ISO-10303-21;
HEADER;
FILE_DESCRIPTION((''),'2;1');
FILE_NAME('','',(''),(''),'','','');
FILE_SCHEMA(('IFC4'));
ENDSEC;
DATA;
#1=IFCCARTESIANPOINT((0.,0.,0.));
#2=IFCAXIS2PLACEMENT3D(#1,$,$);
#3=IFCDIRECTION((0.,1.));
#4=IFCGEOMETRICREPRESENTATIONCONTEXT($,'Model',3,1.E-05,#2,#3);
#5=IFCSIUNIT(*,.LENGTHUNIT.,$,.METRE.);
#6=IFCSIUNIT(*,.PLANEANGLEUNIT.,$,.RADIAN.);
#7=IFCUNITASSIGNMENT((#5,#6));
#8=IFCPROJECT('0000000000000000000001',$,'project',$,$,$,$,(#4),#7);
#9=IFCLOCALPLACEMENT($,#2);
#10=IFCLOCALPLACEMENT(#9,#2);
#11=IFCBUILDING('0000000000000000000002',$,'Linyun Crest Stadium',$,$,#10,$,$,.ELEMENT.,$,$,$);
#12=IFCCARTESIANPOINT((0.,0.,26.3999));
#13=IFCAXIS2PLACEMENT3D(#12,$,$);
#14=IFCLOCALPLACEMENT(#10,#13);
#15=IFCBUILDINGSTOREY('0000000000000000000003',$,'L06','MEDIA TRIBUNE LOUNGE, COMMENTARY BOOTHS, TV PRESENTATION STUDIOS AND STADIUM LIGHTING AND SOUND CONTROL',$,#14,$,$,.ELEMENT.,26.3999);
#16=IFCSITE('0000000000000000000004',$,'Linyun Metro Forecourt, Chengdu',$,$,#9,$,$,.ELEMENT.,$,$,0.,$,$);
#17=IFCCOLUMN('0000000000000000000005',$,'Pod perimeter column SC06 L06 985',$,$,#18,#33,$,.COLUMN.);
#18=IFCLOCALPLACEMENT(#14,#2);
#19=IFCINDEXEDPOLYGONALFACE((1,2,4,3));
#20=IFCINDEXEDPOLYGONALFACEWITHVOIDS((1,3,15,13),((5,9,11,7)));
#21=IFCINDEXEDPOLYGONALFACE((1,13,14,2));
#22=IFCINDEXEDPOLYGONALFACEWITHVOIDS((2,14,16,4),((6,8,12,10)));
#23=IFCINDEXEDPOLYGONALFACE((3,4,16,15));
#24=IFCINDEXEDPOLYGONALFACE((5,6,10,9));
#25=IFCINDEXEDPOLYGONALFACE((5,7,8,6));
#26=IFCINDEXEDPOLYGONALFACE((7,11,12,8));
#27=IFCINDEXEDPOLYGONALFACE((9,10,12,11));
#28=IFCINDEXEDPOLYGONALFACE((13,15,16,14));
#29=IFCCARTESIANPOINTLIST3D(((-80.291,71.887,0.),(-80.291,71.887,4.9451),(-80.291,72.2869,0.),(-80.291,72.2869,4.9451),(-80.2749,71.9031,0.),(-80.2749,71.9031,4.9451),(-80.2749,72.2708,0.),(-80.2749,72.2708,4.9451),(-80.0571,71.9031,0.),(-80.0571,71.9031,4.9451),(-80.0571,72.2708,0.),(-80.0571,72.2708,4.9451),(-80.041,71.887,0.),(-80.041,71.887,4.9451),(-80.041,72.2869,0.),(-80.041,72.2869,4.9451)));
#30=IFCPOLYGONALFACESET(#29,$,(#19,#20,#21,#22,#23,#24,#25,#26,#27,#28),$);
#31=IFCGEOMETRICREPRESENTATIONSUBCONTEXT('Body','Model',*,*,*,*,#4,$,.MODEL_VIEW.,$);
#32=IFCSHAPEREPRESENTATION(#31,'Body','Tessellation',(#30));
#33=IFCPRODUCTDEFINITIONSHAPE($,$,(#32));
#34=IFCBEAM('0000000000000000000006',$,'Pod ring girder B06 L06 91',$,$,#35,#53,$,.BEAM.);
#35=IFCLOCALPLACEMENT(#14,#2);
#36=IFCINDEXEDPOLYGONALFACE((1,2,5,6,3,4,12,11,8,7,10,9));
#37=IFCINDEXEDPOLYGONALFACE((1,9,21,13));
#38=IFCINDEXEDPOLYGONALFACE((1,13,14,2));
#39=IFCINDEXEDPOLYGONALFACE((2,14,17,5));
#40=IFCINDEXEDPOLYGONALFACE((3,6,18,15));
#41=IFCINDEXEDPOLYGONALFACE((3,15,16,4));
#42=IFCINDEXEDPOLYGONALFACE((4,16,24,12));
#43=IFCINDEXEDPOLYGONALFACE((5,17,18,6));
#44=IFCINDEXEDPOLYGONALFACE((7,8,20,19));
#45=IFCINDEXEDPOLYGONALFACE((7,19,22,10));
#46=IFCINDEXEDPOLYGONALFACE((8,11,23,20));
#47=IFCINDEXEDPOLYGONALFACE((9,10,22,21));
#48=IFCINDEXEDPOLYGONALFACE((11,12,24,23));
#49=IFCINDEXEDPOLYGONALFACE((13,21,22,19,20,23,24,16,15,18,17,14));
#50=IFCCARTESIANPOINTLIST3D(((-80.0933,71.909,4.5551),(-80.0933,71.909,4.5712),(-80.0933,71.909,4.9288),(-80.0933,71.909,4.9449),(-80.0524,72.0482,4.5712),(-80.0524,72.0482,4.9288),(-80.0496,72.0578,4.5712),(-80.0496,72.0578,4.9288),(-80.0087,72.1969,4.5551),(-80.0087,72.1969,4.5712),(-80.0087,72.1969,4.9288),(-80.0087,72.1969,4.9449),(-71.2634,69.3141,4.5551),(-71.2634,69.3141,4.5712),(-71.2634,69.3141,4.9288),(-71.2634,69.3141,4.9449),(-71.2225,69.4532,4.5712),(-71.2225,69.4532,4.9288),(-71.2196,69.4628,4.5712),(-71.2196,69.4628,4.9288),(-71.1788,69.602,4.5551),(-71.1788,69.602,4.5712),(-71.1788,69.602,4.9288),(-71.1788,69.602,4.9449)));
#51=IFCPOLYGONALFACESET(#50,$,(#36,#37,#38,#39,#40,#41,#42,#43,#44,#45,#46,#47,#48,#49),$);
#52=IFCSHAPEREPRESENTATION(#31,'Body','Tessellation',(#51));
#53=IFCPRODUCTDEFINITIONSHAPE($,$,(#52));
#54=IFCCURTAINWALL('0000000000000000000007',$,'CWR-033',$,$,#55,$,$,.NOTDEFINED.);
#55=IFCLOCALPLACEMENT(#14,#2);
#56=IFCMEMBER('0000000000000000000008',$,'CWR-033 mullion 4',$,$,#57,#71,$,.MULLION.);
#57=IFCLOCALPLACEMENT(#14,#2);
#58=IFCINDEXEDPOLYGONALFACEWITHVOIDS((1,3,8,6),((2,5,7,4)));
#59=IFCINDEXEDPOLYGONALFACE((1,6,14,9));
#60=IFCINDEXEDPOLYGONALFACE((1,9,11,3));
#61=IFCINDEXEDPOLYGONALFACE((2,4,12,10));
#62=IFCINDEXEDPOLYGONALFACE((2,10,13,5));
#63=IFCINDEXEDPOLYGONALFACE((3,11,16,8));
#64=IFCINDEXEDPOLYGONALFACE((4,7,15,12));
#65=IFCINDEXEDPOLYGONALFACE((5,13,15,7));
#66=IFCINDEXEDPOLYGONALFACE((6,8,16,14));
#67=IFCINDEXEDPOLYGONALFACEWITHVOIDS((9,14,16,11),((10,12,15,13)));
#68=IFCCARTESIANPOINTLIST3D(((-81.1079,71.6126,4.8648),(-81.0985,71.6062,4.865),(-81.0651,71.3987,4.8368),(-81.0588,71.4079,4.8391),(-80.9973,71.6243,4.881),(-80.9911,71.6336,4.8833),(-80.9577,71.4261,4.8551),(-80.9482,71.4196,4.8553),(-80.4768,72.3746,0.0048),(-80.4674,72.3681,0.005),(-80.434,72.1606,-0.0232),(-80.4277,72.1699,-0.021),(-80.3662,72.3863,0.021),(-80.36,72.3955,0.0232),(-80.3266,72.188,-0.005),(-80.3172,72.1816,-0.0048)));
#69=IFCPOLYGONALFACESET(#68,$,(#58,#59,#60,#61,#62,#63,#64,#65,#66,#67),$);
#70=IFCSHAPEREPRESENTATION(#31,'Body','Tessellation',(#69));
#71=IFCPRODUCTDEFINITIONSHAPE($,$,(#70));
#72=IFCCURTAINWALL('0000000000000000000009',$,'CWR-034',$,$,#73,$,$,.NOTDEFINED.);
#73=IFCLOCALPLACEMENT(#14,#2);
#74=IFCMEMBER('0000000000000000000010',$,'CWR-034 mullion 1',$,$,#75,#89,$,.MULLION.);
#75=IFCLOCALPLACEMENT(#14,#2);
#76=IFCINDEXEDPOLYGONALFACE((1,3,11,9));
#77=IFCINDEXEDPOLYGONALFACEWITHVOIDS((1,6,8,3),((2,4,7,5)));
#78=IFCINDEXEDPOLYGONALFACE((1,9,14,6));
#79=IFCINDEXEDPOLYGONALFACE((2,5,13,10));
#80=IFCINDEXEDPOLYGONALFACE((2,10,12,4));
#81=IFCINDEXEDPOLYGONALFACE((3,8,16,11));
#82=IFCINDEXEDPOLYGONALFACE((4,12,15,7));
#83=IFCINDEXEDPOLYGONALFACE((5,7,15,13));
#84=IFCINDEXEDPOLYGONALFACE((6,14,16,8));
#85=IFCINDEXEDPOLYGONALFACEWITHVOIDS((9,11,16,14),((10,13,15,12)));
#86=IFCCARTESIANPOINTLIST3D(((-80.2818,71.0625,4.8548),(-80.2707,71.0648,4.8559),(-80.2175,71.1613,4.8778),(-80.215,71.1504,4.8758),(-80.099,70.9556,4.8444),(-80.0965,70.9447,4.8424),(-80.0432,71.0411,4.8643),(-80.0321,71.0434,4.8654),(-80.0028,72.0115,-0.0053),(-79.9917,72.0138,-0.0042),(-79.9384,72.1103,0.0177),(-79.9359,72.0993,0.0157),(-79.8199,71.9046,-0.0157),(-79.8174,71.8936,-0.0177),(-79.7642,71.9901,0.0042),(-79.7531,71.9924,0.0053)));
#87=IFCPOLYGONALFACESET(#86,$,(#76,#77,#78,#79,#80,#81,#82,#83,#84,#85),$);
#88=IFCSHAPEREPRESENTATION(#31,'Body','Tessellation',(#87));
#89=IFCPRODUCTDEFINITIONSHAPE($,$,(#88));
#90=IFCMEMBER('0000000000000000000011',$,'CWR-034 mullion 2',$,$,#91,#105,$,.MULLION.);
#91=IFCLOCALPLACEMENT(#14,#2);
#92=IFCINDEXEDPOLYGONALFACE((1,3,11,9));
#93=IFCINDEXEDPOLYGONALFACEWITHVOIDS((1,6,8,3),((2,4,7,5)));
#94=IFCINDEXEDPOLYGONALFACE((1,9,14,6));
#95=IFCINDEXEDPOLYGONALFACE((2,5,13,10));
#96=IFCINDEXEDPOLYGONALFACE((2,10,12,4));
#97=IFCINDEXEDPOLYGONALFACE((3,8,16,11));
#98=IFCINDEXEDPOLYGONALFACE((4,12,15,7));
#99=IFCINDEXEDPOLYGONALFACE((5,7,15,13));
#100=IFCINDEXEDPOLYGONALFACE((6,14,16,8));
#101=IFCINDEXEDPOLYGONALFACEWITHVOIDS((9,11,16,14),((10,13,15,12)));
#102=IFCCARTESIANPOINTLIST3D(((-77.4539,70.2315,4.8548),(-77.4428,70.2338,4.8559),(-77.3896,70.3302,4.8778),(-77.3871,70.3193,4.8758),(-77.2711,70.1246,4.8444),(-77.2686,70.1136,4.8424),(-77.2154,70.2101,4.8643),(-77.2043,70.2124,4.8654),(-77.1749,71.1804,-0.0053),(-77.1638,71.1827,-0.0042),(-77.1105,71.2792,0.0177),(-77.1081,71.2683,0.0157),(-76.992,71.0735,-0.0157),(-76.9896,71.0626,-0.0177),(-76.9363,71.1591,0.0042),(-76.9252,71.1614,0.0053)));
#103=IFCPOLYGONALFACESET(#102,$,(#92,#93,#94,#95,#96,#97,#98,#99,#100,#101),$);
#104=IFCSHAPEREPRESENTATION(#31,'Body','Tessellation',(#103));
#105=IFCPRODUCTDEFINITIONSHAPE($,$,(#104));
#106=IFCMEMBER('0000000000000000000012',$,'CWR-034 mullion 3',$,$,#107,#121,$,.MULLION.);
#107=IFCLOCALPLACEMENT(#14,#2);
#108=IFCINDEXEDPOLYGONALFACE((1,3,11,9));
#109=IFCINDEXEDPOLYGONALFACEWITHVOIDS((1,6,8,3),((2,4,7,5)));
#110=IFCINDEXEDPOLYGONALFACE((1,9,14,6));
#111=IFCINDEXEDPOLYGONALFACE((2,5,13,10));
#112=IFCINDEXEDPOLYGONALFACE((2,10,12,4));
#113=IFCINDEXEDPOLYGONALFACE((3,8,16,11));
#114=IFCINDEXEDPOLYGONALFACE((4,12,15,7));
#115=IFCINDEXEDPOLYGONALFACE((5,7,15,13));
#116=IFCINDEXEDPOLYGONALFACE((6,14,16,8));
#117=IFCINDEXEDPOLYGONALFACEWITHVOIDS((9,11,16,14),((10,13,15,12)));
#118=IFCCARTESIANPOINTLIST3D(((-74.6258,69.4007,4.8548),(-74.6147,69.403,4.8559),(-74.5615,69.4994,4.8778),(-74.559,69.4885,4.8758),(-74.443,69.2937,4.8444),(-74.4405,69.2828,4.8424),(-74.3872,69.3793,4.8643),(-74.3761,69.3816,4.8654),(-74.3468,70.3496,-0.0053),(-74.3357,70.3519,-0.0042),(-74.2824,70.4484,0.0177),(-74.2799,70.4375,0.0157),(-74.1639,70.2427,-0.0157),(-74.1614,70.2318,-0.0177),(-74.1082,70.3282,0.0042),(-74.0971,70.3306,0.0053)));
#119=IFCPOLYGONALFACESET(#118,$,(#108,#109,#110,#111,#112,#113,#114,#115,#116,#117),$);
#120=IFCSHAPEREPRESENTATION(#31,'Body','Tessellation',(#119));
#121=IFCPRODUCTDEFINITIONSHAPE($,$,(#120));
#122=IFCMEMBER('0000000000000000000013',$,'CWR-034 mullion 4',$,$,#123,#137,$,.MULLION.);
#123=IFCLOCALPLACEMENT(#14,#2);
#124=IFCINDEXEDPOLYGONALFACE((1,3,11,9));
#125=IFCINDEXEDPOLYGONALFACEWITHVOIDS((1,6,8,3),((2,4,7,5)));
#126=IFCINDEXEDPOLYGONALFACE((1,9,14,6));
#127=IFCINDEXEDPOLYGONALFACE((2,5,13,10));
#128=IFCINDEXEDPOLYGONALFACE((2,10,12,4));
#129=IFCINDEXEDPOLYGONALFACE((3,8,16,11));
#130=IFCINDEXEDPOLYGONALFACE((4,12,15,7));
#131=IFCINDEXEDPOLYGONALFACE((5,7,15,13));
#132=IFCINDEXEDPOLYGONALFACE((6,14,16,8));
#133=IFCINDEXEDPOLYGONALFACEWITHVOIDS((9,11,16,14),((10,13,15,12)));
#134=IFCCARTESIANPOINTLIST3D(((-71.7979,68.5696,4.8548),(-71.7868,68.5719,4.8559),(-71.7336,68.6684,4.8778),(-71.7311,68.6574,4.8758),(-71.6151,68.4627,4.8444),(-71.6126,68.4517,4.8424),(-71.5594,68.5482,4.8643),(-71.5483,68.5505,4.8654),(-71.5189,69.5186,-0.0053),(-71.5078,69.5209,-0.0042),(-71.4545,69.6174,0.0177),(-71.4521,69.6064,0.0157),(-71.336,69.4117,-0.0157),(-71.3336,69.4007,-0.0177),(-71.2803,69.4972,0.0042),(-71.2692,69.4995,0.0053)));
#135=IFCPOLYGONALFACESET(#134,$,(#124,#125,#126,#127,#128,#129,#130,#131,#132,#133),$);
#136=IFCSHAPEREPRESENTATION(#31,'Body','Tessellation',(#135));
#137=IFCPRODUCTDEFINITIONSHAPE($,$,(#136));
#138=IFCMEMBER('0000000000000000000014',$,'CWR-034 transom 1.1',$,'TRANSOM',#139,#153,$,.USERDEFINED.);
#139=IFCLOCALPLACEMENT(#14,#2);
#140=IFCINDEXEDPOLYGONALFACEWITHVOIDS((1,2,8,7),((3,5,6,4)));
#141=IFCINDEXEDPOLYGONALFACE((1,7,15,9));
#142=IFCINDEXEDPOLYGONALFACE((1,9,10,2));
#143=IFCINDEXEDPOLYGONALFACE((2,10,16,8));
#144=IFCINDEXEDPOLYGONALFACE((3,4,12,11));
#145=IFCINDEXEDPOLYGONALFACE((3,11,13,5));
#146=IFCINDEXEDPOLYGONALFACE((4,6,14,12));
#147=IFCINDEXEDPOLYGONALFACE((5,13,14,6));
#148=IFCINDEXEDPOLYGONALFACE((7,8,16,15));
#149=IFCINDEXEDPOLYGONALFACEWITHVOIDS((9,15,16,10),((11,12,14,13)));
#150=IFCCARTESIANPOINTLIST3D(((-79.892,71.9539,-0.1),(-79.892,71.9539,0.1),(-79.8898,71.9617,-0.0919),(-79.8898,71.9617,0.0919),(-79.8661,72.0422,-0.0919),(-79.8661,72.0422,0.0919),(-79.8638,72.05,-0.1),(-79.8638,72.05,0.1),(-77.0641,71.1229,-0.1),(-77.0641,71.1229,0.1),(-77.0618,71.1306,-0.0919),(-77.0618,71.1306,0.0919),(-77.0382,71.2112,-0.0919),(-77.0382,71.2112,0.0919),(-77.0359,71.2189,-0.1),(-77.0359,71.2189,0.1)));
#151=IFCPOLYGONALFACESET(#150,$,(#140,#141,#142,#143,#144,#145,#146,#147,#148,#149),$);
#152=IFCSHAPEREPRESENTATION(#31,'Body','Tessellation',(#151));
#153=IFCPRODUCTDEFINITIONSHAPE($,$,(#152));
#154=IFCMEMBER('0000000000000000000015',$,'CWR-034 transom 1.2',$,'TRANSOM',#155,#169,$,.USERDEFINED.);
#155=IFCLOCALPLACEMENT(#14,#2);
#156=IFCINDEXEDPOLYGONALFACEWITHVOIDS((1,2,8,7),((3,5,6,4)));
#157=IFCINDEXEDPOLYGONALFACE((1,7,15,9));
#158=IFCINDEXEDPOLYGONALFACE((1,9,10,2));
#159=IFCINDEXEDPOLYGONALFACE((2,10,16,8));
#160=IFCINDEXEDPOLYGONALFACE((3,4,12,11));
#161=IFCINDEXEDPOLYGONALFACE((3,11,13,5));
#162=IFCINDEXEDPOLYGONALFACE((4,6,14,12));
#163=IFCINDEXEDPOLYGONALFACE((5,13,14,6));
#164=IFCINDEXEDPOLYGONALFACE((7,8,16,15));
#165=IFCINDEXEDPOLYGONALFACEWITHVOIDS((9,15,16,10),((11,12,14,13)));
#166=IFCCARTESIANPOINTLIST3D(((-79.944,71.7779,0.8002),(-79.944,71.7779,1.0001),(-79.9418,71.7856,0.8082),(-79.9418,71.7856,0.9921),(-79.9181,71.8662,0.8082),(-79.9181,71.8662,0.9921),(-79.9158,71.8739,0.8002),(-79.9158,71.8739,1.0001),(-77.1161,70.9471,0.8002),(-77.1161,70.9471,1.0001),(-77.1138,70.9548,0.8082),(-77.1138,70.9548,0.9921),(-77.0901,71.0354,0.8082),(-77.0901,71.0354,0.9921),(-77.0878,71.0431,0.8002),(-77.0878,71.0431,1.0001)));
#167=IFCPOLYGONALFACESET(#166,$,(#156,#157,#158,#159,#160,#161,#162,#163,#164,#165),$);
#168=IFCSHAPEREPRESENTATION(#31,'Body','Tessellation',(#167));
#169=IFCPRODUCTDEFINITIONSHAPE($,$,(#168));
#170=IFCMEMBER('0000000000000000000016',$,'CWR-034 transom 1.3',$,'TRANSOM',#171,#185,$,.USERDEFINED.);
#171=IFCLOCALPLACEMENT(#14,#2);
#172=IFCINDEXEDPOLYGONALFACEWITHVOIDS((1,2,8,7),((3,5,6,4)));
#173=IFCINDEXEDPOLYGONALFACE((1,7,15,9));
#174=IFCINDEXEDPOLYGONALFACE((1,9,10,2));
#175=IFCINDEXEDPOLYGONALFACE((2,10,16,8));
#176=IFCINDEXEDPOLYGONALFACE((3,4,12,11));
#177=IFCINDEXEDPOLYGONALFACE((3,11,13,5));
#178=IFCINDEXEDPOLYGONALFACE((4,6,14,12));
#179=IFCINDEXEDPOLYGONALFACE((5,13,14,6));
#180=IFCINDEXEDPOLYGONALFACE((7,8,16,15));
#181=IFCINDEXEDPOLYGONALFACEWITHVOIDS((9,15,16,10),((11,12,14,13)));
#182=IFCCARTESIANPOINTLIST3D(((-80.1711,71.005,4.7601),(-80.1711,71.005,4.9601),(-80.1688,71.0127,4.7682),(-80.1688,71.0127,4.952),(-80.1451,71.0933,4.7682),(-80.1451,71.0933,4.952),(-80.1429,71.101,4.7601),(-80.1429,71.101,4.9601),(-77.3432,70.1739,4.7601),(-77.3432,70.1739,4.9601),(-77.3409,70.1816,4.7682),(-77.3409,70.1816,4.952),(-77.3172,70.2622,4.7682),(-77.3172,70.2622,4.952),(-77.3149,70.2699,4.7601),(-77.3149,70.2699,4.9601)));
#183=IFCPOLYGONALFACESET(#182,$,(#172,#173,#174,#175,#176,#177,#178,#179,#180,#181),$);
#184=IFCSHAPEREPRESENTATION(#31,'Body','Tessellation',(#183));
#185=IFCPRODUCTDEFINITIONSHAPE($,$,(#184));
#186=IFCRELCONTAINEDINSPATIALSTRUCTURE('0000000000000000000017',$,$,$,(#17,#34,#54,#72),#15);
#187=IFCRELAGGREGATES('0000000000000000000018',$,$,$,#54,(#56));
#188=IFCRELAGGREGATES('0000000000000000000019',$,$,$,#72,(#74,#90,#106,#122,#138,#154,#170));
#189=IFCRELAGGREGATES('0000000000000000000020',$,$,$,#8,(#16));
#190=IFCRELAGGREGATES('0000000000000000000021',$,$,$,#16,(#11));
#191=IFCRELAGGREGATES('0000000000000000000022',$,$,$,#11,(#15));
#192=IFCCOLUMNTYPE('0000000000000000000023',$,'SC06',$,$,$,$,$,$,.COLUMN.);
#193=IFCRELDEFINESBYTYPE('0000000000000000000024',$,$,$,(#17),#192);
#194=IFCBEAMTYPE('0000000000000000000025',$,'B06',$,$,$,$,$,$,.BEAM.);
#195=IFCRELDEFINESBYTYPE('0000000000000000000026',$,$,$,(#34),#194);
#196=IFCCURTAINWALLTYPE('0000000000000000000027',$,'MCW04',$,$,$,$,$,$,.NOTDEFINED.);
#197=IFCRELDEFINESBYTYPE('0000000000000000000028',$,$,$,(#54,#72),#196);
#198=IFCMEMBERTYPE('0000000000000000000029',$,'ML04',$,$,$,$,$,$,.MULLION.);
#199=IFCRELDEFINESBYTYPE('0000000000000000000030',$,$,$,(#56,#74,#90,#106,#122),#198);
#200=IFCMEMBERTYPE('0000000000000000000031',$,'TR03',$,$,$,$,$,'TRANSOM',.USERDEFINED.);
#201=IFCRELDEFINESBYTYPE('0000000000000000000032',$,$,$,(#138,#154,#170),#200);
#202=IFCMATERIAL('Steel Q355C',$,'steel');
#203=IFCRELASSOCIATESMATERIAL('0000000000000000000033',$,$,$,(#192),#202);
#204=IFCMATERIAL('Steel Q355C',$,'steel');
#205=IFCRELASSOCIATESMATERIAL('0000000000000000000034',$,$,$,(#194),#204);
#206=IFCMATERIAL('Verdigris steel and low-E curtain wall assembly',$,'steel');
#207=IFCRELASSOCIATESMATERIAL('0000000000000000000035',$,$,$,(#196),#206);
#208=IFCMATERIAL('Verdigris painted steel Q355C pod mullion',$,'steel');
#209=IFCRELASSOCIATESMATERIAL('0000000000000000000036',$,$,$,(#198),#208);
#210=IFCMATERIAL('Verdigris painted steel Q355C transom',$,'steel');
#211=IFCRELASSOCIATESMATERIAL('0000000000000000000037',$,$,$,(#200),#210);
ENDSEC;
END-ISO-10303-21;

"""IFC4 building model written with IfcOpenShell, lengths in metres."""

from ifc_helpers import new_model, si_unit, direction, frame, origin, origin_2d, place, context, subcontext, project, spatial, hollow_rectangle, i_section, extrude, material, material_profile, profile_set, type_object, element, aggregate, save


model = new_model("IFC4")

# Units and contexts
model_context = context("Model", 3, precision=1e-05, world=origin(), true_north=direction((0.0, 1.0)))
body_context = subcontext(model_context, "Body", "Model", "MODEL_VIEW")
ifc_project = project(units=[si_unit("LENGTHUNIT", "METRE"), si_unit("PLANEANGLEUNIT", "RADIAN")], contexts=[model_context])

# Site, building, storey
site_placement = place(None, origin())
site = spatial("IfcSite", under=ifc_project, at=site_placement, Name="Linyun Metro Forecourt, Chengdu", CompositionType="ELEMENT", RefElevation=0.0)
building_placement = place(site_placement, origin())
building = spatial("IfcBuilding", under=site, at=building_placement, Name="Linyun Crest Stadium", CompositionType="ELEMENT")
storey_placement = place(building_placement, frame((0.0, 0.0, 26.3999)))
storey = spatial("IfcBuildingStorey", under=building, at=storey_placement, Name="L06", Description="MEDIA TRIBUNE LOUNGE, COMMENTARY BOOTHS, TV PRESENTATION STUDIOS AND STADIUM LIGHTING AND SOUND CONTROL", CompositionType="ELEMENT", Elevation=26.3999)

# Column
ifc_material_1 = material(Name="Steel Q355C", Category="steel")
ifc_material_profile_1 = material_profile(ifc_material_1, hollow_rectangle(XDim=0.25, YDim=0.3999, WallThickness=0.0161, at=origin_2d()), Name="RHS 400x250x16")
ifc_profile_set_1 = profile_set([ifc_material_profile_1], Name="Steel Q355C")
column_type = type_object("IfcColumnType", Name="SC06", PredefinedType="COLUMN", material=ifc_profile_set_1)
column_placement = place(storey_placement, frame((-80.166, 72.0869, 0.0), z_axis=(0.0, 0.0, 1.0), x_axis=(1.0, 0.0, 0.0)))
element("IfcColumn", 1, at=column_placement, inside=storey, type_object=column_type, Name="Pod perimeter column SC06 L06 985", PredefinedType="COLUMN", context=body_context, shape_type="SweptSolid", body=[
    extrude(hollow_rectangle(XDim=0.25, YDim=0.3999, WallThickness=0.0161, at=origin_2d()), origin(), (0.0, 0.0, 1.0), 4.9451),
])

# Beam
ifc_material_2 = material(Name="Steel Q355C", Category="steel")
ifc_material_profile_2 = material_profile(ifc_material_2, i_section(OverallWidth=0.3, OverallDepth=0.3899, WebThickness=0.01, FlangeThickness=0.0161, at=origin_2d()), Name="HM 390x300")
ifc_profile_set_2 = profile_set([ifc_material_profile_2], Name="Steel Q355C")
beam_type = type_object("IfcBeamType", Name="B06", PredefinedType="BEAM", material=ifc_profile_set_2)
beam_placement = place(storey_placement, frame((-80.051, 72.053, 4.75), z_axis=(0.959428, -0.281955, 0.0), x_axis=(0.281955, 0.959428, 0.0)))
element("IfcBeam", 2, at=beam_placement, inside=storey, type_object=beam_type, Name="Pod ring girder B06 L06 91", PredefinedType="BEAM", context=body_context, shape_type="SweptSolid", body=[
    extrude(i_section(OverallWidth=0.3, OverallDepth=0.3899, WebThickness=0.01, FlangeThickness=0.0161, at=origin_2d()), origin(), (0.0, 0.0, 1.0), 9.2034),
])

# Curtain wall, member
ifc_material_3 = material(Name="Verdigris steel and low-E curtain wall assembly", Category="steel")
curtain_wall_type = type_object("IfcCurtainWallType", Name="MCW04", PredefinedType="NOTDEFINED", material=ifc_material_3)
curtain_wall_1_placement = place(storey_placement, origin())
curtain_wall_1 = element("IfcCurtainWall", 3, at=curtain_wall_1_placement, inside=storey, type_object=curtain_wall_type, Name="CWR-033", PredefinedType="NOTDEFINED")
ifc_material_4 = material(Name="Verdigris painted steel Q355C pod mullion", Category="steel")
ifc_material_profile_3 = material_profile(ifc_material_4, hollow_rectangle(XDim=0.1201, YDim=0.22, WallThickness=0.0081, at=origin_2d()), Name="RHS 220x120x8")
ifc_profile_set_3 = profile_set([ifc_material_profile_3], Name="Verdigris painted steel Q355C pod mullion")
member_type_1 = type_object("IfcMemberType", Name="ML04", PredefinedType="MULLION", material=ifc_profile_set_3)
member_1_placement = place(storey_placement, frame((-80.397, 72.2781, 0.0), z_axis=(-0.127244, -0.153628, 0.979902), x_axis=(0.972587, 0.174539, 0.153658)))
member_1 = element("IfcMember", 4, at=member_1_placement, type_object=member_type_1, Name="CWR-033 mullion 4", PredefinedType="MULLION", context=body_context, shape_type="SweptSolid", body=[
    extrude(hollow_rectangle(XDim=0.1201, YDim=0.22, WallThickness=0.0081, at=origin_2d()), origin(), (0.0, 0.0, 1.0), 4.9597),
])

# Curtain wall, members
curtain_wall_2_placement = place(storey_placement, origin())
curtain_wall_2 = element("IfcCurtainWall", 5, at=curtain_wall_2_placement, inside=storey, type_object=curtain_wall_type, Name="CWR-034", PredefinedType="NOTDEFINED")
member_2_placement = place(storey_placement, frame((-79.8779, 72.002, 0.0), z_axis=(-0.056264, -0.191335, 0.979911), x_axis=(0.535777, 0.822394, 0.191342)))
member_2 = element("IfcMember", 6, at=member_2_placement, type_object=member_type_1, Name="CWR-034 mullion 1", PredefinedType="MULLION", context=body_context, shape_type="SweptSolid", body=[
    extrude(hollow_rectangle(XDim=0.1201, YDim=0.22, WallThickness=0.0081, at=origin_2d()), origin(), (0.0, 0.0, 1.0), 4.9597),
])
member_3_placement = place(storey_placement, frame((-77.05, 71.1709, 0.0), z_axis=(-0.056264, -0.191335, 0.979911), x_axis=(0.535777, 0.822394, 0.191342)))
member_3 = element("IfcMember", 7, at=member_3_placement, type_object=member_type_1, Name="CWR-034 mullion 2", PredefinedType="MULLION", context=body_context, shape_type="SweptSolid", body=[
    extrude(hollow_rectangle(XDim=0.1201, YDim=0.22, WallThickness=0.0081, at=origin_2d()), origin(), (0.0, 0.0, 1.0), 4.9597),
])
member_4_placement = place(storey_placement, frame((-74.2219, 70.3401, 0.0), z_axis=(-0.056264, -0.191335, 0.979911), x_axis=(0.535777, 0.822394, 0.191342)))
member_4 = element("IfcMember", 8, at=member_4_placement, type_object=member_type_1, Name="CWR-034 mullion 3", PredefinedType="MULLION", context=body_context, shape_type="SweptSolid", body=[
    extrude(hollow_rectangle(XDim=0.1201, YDim=0.22, WallThickness=0.0081, at=origin_2d()), origin(), (0.0, 0.0, 1.0), 4.9597),
])
member_5_placement = place(storey_placement, frame((-71.394, 69.509, 0.0), z_axis=(-0.056264, -0.191335, 0.979911), x_axis=(0.535777, 0.822394, 0.191342)))
member_5 = element("IfcMember", 9, at=member_5_placement, type_object=member_type_1, Name="CWR-034 mullion 4", PredefinedType="MULLION", context=body_context, shape_type="SweptSolid", body=[
    extrude(hollow_rectangle(XDim=0.1201, YDim=0.22, WallThickness=0.0081, at=origin_2d()), origin(), (0.0, 0.0, 1.0), 4.9597),
])
ifc_material_5 = material(Name="Verdigris painted steel Q355C transom", Category="steel")
ifc_material_profile_4 = material_profile(ifc_material_5, hollow_rectangle(XDim=0.1001, YDim=0.2, WallThickness=0.0081, at=origin_2d()), Name="RHS 200x100x8")
ifc_profile_set_4 = profile_set([ifc_material_profile_4], Name="Verdigris painted steel Q355C transom")
member_type_2 = type_object("IfcMemberType", Name="TR03", ElementType="TRANSOM", PredefinedType="USERDEFINED", material=ifc_profile_set_4)
member_6_placement = place(storey_placement, frame((-79.8779, 72.002, 0.0), z_axis=(0.959427, -0.281956, 0.0), x_axis=(0.281956, 0.959427, 0.0)))
member_6 = element("IfcMember", 10, at=member_6_placement, type_object=member_type_2, Name="CWR-034 transom 1.1", ObjectType="TRANSOM", PredefinedType="USERDEFINED", context=body_context, shape_type="SweptSolid", body=[
    extrude(hollow_rectangle(XDim=0.1001, YDim=0.2, WallThickness=0.0081, at=origin_2d()), origin(), (0.0, 0.0, 1.0), 2.9475),
])
member_7_placement = place(storey_placement, frame((-79.9299, 71.8259, 0.9001), z_axis=(0.95945, -0.281879, 0.0), x_axis=(0.281879, 0.95945, 0.0)))
member_7 = element("IfcMember", 11, at=member_7_placement, type_object=member_type_2, Name="CWR-034 transom 1.2", ObjectType="TRANSOM", PredefinedType="USERDEFINED", context=body_context, shape_type="SweptSolid", body=[
    extrude(hollow_rectangle(XDim=0.1001, YDim=0.2, WallThickness=0.0081, at=origin_2d()), origin(), (0.0, 0.0, 1.0), 2.9475),
])
member_8_placement = place(storey_placement, frame((-80.157, 71.053, 4.8601), z_axis=(0.959427, -0.281956, 0.0), x_axis=(0.281956, 0.959427, 0.0)))
member_8 = element("IfcMember", 12, at=member_8_placement, type_object=member_type_2, Name="CWR-034 transom 1.3", ObjectType="TRANSOM", PredefinedType="USERDEFINED", context=body_context, shape_type="SweptSolid", body=[
    extrude(hollow_rectangle(XDim=0.1001, YDim=0.2, WallThickness=0.0081, at=origin_2d()), origin(), (0.0, 0.0, 1.0), 2.9475),
])

aggregate(curtain_wall_1, [member_1])
aggregate(curtain_wall_2, [member_2, member_3, member_4, member_5, member_6, member_7, member_8])

save(model, "model.ifc")
